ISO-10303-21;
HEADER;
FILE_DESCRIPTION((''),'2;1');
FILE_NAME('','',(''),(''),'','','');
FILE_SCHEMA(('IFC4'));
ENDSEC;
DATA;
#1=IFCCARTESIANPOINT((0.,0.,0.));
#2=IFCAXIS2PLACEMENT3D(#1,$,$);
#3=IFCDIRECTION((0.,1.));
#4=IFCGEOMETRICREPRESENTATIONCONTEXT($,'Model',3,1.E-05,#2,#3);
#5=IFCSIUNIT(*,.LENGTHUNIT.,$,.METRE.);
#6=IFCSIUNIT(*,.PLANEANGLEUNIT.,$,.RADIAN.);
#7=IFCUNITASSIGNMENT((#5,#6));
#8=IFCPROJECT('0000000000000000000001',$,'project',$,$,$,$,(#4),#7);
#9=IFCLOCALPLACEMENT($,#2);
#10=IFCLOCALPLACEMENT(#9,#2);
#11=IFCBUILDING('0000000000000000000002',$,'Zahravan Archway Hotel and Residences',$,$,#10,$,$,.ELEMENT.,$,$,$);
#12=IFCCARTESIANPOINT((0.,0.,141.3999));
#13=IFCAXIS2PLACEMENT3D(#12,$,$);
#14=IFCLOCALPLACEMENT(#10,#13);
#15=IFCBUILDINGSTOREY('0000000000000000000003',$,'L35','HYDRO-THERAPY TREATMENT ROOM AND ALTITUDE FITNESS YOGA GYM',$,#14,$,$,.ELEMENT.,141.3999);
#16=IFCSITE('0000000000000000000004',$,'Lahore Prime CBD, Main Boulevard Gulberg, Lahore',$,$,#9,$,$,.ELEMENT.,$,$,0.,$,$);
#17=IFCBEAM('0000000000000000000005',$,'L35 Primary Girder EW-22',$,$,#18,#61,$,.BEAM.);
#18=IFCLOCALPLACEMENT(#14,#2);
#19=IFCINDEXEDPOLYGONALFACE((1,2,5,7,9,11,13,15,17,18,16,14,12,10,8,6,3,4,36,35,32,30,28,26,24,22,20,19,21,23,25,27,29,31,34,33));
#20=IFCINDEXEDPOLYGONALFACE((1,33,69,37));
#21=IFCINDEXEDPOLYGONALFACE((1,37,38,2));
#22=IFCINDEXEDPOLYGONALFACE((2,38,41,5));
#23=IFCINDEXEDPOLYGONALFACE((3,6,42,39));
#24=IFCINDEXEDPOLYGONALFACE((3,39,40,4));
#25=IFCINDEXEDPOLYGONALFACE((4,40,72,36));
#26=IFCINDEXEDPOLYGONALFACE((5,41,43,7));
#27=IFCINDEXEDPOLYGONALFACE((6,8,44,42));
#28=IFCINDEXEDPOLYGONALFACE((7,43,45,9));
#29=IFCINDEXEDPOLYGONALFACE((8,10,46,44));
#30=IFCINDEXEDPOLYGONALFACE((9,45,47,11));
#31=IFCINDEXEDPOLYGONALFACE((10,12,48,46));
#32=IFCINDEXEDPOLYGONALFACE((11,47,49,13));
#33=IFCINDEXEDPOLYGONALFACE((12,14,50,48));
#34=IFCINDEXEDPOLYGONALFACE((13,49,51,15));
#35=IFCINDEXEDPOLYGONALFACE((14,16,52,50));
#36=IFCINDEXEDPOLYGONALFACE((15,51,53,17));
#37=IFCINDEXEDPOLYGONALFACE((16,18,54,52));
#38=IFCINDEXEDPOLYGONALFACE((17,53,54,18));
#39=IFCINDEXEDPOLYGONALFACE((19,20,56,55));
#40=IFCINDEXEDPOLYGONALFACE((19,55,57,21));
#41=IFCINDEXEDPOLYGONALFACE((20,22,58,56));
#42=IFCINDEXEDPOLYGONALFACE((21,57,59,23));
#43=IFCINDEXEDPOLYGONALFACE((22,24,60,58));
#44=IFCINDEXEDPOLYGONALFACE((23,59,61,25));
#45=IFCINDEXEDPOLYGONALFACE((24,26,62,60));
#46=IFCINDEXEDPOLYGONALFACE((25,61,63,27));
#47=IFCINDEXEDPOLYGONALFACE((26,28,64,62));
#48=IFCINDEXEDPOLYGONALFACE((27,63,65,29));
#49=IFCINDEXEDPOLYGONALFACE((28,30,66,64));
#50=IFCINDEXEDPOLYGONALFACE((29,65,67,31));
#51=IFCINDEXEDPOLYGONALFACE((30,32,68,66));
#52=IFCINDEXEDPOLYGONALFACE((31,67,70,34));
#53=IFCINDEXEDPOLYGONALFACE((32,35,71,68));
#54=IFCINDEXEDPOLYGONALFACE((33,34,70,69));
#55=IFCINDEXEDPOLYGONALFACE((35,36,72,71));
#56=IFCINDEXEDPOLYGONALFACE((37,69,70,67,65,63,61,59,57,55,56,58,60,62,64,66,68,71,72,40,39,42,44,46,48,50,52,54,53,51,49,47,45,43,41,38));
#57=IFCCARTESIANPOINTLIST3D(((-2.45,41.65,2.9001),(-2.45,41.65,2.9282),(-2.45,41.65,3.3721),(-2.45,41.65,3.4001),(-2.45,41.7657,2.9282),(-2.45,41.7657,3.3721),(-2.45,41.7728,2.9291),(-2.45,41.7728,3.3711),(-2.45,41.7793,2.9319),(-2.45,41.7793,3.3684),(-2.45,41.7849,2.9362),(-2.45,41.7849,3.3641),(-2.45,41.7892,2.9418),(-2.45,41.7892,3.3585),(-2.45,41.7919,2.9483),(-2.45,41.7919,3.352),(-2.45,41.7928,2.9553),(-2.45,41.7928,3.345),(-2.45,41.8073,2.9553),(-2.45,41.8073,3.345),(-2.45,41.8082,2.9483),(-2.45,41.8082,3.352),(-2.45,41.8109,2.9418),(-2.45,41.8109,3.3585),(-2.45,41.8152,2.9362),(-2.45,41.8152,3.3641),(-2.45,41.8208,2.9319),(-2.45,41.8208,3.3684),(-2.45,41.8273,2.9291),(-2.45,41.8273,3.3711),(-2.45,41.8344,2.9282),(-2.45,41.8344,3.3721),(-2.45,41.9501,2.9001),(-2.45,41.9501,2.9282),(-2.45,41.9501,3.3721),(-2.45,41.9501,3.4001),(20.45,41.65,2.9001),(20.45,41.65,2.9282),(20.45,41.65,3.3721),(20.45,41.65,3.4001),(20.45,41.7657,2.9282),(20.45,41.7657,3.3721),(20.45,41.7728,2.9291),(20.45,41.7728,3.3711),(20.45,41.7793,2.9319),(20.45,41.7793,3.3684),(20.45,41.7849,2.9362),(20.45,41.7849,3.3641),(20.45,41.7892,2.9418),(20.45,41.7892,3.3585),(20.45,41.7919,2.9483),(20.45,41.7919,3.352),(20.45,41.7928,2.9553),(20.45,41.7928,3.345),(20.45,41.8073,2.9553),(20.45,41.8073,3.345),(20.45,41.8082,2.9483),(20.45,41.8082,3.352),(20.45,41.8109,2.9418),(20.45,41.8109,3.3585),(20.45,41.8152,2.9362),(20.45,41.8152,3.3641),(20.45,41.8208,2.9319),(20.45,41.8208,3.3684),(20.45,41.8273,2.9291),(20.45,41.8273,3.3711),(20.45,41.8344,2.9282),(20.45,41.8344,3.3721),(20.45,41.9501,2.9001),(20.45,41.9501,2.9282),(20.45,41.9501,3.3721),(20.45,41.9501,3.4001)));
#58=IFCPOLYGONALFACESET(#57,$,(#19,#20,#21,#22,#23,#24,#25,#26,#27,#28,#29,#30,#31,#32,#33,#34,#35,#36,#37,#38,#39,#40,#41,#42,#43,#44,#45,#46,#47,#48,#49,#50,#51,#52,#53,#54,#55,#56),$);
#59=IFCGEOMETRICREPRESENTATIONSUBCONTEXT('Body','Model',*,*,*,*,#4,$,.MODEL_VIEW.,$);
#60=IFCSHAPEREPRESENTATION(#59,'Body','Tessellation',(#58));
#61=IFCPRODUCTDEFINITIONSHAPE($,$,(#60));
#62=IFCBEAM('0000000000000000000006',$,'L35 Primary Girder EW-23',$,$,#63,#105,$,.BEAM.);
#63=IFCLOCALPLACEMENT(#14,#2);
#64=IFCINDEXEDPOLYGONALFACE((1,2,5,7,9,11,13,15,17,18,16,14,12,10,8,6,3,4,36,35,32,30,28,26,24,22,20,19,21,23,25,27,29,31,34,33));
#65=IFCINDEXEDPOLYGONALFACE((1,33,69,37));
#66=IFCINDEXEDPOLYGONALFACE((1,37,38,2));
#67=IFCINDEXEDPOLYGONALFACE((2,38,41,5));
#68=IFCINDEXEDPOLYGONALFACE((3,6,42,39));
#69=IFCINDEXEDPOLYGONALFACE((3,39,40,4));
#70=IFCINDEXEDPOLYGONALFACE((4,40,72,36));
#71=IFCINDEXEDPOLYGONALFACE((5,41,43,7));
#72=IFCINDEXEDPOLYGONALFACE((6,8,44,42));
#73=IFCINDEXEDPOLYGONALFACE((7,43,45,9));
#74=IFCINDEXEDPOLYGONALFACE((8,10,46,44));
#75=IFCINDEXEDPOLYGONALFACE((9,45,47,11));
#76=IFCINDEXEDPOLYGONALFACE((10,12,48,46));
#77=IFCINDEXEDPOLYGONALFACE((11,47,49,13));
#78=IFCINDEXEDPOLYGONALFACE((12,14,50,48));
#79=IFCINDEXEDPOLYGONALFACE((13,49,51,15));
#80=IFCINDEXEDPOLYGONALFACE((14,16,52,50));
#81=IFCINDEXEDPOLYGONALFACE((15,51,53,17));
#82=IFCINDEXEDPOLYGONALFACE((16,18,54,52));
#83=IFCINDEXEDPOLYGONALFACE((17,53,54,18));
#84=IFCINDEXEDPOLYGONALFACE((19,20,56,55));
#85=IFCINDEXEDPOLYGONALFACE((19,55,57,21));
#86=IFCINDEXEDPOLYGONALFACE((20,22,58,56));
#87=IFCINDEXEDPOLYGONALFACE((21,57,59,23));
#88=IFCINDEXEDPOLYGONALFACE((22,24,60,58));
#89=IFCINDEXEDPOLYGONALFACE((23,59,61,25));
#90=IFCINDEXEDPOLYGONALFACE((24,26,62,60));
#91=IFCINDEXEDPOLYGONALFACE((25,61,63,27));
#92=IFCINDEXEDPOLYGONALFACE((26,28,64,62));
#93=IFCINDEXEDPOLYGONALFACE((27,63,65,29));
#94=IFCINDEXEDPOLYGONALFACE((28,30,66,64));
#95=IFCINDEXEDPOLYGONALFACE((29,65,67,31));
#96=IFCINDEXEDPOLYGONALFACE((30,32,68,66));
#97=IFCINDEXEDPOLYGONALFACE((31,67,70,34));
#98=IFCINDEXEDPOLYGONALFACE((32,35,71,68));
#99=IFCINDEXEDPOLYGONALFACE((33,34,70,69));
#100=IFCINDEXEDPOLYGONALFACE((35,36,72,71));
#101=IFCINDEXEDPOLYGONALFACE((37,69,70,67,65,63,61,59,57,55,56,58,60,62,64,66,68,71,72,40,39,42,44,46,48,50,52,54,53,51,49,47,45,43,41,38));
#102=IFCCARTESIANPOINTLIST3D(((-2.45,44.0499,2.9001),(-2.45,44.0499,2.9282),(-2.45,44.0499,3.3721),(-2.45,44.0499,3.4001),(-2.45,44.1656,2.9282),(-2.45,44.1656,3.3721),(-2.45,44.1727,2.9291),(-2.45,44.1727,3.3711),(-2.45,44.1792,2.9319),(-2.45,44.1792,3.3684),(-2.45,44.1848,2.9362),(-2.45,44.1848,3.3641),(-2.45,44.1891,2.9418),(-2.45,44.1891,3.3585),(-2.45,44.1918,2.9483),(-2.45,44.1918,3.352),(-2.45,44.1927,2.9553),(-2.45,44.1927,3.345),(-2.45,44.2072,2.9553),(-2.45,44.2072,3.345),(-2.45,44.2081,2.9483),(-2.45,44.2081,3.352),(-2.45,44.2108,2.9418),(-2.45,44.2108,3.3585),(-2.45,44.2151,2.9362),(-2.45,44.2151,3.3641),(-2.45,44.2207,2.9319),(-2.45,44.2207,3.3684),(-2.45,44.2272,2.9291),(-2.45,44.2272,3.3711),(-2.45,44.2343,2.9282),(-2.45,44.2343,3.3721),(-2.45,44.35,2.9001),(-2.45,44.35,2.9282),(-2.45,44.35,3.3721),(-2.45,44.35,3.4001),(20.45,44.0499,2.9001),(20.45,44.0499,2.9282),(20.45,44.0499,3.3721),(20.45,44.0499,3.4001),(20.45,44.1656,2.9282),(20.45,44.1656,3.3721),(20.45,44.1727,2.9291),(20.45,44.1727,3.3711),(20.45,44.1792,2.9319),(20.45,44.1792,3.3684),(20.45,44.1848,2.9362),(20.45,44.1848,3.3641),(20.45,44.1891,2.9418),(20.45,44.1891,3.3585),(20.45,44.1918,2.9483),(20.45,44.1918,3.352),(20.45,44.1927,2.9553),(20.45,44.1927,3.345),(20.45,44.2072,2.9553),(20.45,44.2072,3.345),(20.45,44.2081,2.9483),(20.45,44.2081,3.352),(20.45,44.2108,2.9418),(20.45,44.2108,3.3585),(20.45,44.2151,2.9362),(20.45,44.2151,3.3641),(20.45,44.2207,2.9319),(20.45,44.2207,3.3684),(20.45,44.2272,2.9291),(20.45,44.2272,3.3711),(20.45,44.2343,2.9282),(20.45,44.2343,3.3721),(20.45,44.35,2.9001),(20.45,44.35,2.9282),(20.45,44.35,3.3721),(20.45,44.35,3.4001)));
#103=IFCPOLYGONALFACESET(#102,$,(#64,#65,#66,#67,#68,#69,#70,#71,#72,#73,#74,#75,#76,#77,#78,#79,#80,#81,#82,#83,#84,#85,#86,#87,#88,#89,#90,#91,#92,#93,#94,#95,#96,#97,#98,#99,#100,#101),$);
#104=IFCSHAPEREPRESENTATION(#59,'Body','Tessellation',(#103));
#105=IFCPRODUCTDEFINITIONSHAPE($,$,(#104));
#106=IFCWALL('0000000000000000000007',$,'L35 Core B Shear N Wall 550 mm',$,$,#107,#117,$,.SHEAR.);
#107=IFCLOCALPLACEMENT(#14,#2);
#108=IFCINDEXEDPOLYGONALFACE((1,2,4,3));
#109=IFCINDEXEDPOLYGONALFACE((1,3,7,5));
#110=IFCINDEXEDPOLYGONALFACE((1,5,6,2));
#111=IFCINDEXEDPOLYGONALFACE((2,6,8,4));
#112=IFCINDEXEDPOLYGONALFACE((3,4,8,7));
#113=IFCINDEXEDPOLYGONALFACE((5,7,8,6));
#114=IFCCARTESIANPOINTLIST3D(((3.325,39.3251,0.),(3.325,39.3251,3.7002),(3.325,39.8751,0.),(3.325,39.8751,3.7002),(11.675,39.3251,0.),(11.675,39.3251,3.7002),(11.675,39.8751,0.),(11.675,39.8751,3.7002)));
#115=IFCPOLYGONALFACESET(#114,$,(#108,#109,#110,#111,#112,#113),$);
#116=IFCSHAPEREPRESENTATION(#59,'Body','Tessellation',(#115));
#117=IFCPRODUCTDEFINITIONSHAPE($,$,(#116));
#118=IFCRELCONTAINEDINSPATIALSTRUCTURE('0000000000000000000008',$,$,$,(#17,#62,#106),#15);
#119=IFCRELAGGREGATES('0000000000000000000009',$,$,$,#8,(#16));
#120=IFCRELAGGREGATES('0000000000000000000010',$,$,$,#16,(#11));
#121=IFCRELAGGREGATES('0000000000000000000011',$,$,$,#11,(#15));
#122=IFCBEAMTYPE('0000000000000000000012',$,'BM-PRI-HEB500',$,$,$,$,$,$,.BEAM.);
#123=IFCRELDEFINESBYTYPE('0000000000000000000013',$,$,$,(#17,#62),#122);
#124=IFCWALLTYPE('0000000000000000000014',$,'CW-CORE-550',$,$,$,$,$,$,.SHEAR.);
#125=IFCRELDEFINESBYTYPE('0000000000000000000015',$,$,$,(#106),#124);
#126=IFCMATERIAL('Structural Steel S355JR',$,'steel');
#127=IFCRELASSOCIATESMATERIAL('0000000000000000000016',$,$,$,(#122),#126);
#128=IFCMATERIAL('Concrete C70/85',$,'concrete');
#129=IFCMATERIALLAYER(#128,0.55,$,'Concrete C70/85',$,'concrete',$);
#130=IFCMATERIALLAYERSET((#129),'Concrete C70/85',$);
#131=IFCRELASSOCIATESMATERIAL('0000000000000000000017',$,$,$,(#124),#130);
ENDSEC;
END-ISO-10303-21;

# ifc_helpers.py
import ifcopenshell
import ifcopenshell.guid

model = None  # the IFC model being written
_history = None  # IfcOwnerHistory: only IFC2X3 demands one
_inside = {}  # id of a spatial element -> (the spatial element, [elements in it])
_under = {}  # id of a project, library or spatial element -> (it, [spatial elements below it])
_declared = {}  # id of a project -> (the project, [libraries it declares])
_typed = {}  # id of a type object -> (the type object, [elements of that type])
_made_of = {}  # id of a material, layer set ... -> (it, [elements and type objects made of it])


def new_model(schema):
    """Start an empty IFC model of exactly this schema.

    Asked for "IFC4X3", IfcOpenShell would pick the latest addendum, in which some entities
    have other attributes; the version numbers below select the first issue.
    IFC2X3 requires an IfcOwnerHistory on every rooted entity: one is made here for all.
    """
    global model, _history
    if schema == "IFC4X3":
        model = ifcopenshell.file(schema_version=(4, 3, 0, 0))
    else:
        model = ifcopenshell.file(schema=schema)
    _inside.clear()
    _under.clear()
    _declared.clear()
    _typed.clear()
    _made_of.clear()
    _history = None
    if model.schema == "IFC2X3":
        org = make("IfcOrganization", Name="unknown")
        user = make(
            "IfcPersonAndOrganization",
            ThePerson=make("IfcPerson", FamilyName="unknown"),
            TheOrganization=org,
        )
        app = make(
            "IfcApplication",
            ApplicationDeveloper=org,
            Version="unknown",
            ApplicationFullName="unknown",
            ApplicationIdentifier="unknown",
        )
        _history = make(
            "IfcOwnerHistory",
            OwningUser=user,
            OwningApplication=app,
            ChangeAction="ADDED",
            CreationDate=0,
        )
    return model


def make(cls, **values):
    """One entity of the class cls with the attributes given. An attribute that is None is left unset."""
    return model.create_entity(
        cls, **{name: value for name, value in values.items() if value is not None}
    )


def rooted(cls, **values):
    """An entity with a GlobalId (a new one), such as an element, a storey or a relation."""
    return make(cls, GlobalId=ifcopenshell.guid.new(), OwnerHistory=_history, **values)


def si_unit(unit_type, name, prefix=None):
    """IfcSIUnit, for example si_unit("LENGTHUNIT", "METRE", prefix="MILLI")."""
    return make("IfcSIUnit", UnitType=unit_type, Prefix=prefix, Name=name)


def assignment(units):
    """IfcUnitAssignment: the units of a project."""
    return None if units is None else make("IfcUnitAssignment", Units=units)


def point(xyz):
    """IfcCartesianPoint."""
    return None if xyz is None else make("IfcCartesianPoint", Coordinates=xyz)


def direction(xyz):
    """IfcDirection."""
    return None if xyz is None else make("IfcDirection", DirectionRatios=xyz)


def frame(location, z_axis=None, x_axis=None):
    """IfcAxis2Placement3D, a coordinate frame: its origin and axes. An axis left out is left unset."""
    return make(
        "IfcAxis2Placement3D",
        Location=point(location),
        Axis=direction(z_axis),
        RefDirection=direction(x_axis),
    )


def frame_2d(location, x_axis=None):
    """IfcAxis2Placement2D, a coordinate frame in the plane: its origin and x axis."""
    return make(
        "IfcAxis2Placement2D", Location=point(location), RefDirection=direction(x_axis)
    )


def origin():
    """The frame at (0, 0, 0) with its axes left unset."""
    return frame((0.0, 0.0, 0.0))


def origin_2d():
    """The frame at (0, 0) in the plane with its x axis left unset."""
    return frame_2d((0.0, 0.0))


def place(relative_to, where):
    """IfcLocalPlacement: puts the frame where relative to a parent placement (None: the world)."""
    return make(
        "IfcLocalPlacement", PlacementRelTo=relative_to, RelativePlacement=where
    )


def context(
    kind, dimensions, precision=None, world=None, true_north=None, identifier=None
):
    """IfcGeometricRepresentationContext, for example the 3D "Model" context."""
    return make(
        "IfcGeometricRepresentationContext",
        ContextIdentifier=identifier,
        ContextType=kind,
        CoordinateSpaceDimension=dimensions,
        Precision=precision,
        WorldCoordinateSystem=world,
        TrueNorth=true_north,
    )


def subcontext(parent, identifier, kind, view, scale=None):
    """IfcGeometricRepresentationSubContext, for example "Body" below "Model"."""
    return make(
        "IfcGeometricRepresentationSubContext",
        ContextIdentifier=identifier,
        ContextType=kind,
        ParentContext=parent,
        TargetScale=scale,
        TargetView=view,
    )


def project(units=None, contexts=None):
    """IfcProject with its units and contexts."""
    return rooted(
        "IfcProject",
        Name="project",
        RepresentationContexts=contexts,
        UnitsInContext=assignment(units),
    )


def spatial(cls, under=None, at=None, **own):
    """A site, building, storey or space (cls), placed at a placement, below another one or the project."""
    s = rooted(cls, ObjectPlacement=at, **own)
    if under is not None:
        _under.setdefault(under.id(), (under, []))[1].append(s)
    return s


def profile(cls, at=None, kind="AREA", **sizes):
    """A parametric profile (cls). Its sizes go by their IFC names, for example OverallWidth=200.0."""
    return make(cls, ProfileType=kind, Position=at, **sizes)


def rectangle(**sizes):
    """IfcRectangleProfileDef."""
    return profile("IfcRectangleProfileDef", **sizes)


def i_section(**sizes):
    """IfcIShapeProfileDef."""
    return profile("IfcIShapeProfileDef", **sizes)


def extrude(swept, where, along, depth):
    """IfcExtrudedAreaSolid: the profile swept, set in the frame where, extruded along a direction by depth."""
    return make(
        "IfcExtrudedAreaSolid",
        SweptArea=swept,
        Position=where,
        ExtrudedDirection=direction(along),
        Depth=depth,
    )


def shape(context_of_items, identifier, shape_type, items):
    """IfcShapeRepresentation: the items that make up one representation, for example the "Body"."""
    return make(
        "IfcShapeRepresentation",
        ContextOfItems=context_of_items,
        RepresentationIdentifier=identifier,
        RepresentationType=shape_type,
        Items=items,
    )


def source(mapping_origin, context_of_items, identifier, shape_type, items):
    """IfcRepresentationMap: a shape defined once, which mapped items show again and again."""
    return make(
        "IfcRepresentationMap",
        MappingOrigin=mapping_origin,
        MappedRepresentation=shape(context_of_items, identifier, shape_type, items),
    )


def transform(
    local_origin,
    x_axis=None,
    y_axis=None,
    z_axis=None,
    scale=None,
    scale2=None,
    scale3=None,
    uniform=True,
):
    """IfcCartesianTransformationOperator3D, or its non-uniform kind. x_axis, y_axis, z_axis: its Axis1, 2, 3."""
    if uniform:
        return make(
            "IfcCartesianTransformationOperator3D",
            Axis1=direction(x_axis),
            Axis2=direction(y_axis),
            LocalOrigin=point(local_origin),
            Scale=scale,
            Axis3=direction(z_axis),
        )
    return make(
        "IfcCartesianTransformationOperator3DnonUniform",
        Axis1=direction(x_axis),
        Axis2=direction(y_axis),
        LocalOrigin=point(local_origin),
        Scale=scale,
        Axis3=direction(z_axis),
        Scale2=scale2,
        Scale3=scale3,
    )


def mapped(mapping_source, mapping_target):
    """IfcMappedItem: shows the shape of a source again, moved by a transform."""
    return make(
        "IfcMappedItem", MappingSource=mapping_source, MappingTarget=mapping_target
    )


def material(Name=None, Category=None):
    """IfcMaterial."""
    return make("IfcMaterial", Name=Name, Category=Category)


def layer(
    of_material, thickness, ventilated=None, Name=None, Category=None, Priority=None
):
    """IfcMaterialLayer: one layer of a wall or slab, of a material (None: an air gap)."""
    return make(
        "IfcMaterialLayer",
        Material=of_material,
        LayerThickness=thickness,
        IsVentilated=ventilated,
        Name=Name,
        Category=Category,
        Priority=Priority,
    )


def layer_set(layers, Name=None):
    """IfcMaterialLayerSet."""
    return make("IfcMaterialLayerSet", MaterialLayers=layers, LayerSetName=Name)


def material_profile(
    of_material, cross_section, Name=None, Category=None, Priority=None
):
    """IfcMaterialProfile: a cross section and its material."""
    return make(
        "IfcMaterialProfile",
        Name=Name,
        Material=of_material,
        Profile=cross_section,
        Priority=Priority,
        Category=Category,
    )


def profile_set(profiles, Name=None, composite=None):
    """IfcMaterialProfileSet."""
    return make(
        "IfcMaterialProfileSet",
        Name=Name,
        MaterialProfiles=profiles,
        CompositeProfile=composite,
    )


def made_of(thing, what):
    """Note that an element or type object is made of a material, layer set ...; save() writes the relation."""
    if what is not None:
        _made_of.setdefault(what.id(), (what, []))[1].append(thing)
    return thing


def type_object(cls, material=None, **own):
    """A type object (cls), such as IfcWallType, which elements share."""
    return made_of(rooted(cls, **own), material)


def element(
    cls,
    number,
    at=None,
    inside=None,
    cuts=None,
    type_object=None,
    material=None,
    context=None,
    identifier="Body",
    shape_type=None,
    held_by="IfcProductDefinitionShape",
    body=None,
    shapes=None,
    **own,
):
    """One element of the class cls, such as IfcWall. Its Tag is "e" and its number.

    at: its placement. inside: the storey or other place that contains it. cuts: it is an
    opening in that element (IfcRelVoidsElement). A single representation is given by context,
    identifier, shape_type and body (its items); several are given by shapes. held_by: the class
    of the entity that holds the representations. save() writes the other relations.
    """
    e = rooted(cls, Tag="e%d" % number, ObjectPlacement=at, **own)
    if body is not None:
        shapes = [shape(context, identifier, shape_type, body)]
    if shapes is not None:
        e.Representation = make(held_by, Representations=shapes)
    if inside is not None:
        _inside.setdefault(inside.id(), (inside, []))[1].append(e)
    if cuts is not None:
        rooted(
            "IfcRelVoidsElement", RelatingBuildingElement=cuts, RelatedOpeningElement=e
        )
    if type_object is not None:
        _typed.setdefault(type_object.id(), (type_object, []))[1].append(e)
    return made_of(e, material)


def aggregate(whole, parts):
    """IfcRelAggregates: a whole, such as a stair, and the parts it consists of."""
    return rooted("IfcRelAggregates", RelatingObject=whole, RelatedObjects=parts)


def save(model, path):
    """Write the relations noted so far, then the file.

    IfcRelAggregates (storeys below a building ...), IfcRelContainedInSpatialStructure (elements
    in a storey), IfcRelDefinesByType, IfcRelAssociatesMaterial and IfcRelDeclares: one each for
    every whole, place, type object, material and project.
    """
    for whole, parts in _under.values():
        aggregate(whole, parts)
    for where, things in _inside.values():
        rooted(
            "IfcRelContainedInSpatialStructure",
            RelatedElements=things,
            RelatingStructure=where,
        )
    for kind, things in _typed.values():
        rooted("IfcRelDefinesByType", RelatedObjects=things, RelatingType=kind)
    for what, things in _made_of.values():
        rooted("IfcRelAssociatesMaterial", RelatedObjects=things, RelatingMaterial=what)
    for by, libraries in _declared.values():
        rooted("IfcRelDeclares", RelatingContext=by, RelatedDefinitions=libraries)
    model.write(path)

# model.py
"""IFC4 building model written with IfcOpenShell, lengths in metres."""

from ifc_helpers import new_model, si_unit, direction, frame, frame_2d, origin, origin_2d, place, context, subcontext, project, spatial, rectangle, i_section, extrude, source, transform, mapped, material, layer, layer_set, material_profile, profile_set, type_object, element, save


model = new_model("IFC4")

# Units and contexts
model_context = context("Model", 3, precision=1e-05, world=origin(), true_north=direction((0.0, 1.0)))
body_context = subcontext(model_context, "Body", "Model", "MODEL_VIEW")
ifc_project = project(units=[si_unit("LENGTHUNIT", "METRE"), si_unit("PLANEANGLEUNIT", "RADIAN")], contexts=[model_context])

# Site, building, storey
site_placement = place(None, origin())
site = spatial("IfcSite", under=ifc_project, at=site_placement, Name="Lahore Prime CBD, Main Boulevard Gulberg, Lahore", CompositionType="ELEMENT", RefElevation=0.0)
building_placement = place(site_placement, origin())
building = spatial("IfcBuilding", under=site, at=building_placement, Name="Zahravan Archway Hotel and Residences", CompositionType="ELEMENT")
storey_placement = place(building_placement, frame((0.0, 0.0, 141.3999)))
storey = spatial("IfcBuildingStorey", under=building, at=storey_placement, Name="L35", Description="HYDRO-THERAPY TREATMENT ROOM AND ALTITUDE FITNESS YOGA GYM", CompositionType="ELEMENT", Elevation=141.3999)

# Beams
ifc_material_1 = material(Name="Structural Steel S355JR", Category="steel")
ifc_material_profile_1 = material_profile(ifc_material_1, i_section(OverallWidth=0.3, OverallDepth=0.5, WebThickness=0.0144, FlangeThickness=0.0281, FilletRadius=0.0271, at=origin_2d()), Name="HEB 500", Category="steel")
ifc_profile_set_1 = profile_set([ifc_material_profile_1], Name="Structural Steel S355JR")
beam_type_1 = type_object("IfcBeamType", Name="BM-PRI-HEB500", PredefinedType="BEAM", material=ifc_profile_set_1)
shared_shape_1 = source(origin(), body_context, "Body", "SweptSolid", [
    extrude(i_section(OverallWidth=0.3, OverallDepth=0.5, WebThickness=0.0144, FlangeThickness=0.0281, FilletRadius=0.0271, at=origin_2d()), origin(), (0.0, 0.0, 1.0), 22.8999),
])
for number, where, z_axis, x_axis, name in (
    (1, (-2.45, 41.8, 3.1501), (1.0, 0.0, 0.0), (0.0, 1.0, 0.0), "L35 Primary Girder EW-22"),
    (2, (-2.45, 44.2, 3.1501), (1.0, 0.0, 0.0), (0.0, 1.0, 0.0), "L35 Primary Girder EW-23"),
):
    element("IfcBeam", number, at=place(storey_placement, frame(where, z_axis=z_axis, x_axis=x_axis)), inside=storey, type_object=beam_type_1, Name=name, PredefinedType="BEAM", context=body_context, shape_type="MappedRepresentation", body=[
        mapped(shared_shape_1, transform((0.0, 0.0, 0.0), scale=1.0)),
    ])

# Wall
ifc_material_2 = material(Name="Concrete C70/85", Category="concrete")
ifc_layer_1 = layer(ifc_material_2, 0.55, Name="Concrete C70/85", Category="concrete")
ifc_layer_set_1 = layer_set([ifc_layer_1], Name="Concrete C70/85")
wall_type_1 = type_object("IfcWallType", Name="CW-CORE-550", PredefinedType="SHEAR", material=ifc_layer_set_1)
wall_1_placement = place(storey_placement, frame((3.325, 39.6001, 0.0), z_axis=(0.0, 0.0, 1.0), x_axis=(1.0, 0.0, 0.0)))
element("IfcWall", 3, at=wall_1_placement, inside=storey, type_object=wall_type_1, Name="L35 Core B Shear N Wall 550 mm", PredefinedType="SHEAR", context=body_context, shape_type="SweptSolid", body=[
    extrude(rectangle(XDim=8.3501, YDim=0.55, at=frame_2d((4.175, 0.0))), origin(), (0.0, 0.0, 1.0), 3.7002),
])

save(model, "model.ifc")
